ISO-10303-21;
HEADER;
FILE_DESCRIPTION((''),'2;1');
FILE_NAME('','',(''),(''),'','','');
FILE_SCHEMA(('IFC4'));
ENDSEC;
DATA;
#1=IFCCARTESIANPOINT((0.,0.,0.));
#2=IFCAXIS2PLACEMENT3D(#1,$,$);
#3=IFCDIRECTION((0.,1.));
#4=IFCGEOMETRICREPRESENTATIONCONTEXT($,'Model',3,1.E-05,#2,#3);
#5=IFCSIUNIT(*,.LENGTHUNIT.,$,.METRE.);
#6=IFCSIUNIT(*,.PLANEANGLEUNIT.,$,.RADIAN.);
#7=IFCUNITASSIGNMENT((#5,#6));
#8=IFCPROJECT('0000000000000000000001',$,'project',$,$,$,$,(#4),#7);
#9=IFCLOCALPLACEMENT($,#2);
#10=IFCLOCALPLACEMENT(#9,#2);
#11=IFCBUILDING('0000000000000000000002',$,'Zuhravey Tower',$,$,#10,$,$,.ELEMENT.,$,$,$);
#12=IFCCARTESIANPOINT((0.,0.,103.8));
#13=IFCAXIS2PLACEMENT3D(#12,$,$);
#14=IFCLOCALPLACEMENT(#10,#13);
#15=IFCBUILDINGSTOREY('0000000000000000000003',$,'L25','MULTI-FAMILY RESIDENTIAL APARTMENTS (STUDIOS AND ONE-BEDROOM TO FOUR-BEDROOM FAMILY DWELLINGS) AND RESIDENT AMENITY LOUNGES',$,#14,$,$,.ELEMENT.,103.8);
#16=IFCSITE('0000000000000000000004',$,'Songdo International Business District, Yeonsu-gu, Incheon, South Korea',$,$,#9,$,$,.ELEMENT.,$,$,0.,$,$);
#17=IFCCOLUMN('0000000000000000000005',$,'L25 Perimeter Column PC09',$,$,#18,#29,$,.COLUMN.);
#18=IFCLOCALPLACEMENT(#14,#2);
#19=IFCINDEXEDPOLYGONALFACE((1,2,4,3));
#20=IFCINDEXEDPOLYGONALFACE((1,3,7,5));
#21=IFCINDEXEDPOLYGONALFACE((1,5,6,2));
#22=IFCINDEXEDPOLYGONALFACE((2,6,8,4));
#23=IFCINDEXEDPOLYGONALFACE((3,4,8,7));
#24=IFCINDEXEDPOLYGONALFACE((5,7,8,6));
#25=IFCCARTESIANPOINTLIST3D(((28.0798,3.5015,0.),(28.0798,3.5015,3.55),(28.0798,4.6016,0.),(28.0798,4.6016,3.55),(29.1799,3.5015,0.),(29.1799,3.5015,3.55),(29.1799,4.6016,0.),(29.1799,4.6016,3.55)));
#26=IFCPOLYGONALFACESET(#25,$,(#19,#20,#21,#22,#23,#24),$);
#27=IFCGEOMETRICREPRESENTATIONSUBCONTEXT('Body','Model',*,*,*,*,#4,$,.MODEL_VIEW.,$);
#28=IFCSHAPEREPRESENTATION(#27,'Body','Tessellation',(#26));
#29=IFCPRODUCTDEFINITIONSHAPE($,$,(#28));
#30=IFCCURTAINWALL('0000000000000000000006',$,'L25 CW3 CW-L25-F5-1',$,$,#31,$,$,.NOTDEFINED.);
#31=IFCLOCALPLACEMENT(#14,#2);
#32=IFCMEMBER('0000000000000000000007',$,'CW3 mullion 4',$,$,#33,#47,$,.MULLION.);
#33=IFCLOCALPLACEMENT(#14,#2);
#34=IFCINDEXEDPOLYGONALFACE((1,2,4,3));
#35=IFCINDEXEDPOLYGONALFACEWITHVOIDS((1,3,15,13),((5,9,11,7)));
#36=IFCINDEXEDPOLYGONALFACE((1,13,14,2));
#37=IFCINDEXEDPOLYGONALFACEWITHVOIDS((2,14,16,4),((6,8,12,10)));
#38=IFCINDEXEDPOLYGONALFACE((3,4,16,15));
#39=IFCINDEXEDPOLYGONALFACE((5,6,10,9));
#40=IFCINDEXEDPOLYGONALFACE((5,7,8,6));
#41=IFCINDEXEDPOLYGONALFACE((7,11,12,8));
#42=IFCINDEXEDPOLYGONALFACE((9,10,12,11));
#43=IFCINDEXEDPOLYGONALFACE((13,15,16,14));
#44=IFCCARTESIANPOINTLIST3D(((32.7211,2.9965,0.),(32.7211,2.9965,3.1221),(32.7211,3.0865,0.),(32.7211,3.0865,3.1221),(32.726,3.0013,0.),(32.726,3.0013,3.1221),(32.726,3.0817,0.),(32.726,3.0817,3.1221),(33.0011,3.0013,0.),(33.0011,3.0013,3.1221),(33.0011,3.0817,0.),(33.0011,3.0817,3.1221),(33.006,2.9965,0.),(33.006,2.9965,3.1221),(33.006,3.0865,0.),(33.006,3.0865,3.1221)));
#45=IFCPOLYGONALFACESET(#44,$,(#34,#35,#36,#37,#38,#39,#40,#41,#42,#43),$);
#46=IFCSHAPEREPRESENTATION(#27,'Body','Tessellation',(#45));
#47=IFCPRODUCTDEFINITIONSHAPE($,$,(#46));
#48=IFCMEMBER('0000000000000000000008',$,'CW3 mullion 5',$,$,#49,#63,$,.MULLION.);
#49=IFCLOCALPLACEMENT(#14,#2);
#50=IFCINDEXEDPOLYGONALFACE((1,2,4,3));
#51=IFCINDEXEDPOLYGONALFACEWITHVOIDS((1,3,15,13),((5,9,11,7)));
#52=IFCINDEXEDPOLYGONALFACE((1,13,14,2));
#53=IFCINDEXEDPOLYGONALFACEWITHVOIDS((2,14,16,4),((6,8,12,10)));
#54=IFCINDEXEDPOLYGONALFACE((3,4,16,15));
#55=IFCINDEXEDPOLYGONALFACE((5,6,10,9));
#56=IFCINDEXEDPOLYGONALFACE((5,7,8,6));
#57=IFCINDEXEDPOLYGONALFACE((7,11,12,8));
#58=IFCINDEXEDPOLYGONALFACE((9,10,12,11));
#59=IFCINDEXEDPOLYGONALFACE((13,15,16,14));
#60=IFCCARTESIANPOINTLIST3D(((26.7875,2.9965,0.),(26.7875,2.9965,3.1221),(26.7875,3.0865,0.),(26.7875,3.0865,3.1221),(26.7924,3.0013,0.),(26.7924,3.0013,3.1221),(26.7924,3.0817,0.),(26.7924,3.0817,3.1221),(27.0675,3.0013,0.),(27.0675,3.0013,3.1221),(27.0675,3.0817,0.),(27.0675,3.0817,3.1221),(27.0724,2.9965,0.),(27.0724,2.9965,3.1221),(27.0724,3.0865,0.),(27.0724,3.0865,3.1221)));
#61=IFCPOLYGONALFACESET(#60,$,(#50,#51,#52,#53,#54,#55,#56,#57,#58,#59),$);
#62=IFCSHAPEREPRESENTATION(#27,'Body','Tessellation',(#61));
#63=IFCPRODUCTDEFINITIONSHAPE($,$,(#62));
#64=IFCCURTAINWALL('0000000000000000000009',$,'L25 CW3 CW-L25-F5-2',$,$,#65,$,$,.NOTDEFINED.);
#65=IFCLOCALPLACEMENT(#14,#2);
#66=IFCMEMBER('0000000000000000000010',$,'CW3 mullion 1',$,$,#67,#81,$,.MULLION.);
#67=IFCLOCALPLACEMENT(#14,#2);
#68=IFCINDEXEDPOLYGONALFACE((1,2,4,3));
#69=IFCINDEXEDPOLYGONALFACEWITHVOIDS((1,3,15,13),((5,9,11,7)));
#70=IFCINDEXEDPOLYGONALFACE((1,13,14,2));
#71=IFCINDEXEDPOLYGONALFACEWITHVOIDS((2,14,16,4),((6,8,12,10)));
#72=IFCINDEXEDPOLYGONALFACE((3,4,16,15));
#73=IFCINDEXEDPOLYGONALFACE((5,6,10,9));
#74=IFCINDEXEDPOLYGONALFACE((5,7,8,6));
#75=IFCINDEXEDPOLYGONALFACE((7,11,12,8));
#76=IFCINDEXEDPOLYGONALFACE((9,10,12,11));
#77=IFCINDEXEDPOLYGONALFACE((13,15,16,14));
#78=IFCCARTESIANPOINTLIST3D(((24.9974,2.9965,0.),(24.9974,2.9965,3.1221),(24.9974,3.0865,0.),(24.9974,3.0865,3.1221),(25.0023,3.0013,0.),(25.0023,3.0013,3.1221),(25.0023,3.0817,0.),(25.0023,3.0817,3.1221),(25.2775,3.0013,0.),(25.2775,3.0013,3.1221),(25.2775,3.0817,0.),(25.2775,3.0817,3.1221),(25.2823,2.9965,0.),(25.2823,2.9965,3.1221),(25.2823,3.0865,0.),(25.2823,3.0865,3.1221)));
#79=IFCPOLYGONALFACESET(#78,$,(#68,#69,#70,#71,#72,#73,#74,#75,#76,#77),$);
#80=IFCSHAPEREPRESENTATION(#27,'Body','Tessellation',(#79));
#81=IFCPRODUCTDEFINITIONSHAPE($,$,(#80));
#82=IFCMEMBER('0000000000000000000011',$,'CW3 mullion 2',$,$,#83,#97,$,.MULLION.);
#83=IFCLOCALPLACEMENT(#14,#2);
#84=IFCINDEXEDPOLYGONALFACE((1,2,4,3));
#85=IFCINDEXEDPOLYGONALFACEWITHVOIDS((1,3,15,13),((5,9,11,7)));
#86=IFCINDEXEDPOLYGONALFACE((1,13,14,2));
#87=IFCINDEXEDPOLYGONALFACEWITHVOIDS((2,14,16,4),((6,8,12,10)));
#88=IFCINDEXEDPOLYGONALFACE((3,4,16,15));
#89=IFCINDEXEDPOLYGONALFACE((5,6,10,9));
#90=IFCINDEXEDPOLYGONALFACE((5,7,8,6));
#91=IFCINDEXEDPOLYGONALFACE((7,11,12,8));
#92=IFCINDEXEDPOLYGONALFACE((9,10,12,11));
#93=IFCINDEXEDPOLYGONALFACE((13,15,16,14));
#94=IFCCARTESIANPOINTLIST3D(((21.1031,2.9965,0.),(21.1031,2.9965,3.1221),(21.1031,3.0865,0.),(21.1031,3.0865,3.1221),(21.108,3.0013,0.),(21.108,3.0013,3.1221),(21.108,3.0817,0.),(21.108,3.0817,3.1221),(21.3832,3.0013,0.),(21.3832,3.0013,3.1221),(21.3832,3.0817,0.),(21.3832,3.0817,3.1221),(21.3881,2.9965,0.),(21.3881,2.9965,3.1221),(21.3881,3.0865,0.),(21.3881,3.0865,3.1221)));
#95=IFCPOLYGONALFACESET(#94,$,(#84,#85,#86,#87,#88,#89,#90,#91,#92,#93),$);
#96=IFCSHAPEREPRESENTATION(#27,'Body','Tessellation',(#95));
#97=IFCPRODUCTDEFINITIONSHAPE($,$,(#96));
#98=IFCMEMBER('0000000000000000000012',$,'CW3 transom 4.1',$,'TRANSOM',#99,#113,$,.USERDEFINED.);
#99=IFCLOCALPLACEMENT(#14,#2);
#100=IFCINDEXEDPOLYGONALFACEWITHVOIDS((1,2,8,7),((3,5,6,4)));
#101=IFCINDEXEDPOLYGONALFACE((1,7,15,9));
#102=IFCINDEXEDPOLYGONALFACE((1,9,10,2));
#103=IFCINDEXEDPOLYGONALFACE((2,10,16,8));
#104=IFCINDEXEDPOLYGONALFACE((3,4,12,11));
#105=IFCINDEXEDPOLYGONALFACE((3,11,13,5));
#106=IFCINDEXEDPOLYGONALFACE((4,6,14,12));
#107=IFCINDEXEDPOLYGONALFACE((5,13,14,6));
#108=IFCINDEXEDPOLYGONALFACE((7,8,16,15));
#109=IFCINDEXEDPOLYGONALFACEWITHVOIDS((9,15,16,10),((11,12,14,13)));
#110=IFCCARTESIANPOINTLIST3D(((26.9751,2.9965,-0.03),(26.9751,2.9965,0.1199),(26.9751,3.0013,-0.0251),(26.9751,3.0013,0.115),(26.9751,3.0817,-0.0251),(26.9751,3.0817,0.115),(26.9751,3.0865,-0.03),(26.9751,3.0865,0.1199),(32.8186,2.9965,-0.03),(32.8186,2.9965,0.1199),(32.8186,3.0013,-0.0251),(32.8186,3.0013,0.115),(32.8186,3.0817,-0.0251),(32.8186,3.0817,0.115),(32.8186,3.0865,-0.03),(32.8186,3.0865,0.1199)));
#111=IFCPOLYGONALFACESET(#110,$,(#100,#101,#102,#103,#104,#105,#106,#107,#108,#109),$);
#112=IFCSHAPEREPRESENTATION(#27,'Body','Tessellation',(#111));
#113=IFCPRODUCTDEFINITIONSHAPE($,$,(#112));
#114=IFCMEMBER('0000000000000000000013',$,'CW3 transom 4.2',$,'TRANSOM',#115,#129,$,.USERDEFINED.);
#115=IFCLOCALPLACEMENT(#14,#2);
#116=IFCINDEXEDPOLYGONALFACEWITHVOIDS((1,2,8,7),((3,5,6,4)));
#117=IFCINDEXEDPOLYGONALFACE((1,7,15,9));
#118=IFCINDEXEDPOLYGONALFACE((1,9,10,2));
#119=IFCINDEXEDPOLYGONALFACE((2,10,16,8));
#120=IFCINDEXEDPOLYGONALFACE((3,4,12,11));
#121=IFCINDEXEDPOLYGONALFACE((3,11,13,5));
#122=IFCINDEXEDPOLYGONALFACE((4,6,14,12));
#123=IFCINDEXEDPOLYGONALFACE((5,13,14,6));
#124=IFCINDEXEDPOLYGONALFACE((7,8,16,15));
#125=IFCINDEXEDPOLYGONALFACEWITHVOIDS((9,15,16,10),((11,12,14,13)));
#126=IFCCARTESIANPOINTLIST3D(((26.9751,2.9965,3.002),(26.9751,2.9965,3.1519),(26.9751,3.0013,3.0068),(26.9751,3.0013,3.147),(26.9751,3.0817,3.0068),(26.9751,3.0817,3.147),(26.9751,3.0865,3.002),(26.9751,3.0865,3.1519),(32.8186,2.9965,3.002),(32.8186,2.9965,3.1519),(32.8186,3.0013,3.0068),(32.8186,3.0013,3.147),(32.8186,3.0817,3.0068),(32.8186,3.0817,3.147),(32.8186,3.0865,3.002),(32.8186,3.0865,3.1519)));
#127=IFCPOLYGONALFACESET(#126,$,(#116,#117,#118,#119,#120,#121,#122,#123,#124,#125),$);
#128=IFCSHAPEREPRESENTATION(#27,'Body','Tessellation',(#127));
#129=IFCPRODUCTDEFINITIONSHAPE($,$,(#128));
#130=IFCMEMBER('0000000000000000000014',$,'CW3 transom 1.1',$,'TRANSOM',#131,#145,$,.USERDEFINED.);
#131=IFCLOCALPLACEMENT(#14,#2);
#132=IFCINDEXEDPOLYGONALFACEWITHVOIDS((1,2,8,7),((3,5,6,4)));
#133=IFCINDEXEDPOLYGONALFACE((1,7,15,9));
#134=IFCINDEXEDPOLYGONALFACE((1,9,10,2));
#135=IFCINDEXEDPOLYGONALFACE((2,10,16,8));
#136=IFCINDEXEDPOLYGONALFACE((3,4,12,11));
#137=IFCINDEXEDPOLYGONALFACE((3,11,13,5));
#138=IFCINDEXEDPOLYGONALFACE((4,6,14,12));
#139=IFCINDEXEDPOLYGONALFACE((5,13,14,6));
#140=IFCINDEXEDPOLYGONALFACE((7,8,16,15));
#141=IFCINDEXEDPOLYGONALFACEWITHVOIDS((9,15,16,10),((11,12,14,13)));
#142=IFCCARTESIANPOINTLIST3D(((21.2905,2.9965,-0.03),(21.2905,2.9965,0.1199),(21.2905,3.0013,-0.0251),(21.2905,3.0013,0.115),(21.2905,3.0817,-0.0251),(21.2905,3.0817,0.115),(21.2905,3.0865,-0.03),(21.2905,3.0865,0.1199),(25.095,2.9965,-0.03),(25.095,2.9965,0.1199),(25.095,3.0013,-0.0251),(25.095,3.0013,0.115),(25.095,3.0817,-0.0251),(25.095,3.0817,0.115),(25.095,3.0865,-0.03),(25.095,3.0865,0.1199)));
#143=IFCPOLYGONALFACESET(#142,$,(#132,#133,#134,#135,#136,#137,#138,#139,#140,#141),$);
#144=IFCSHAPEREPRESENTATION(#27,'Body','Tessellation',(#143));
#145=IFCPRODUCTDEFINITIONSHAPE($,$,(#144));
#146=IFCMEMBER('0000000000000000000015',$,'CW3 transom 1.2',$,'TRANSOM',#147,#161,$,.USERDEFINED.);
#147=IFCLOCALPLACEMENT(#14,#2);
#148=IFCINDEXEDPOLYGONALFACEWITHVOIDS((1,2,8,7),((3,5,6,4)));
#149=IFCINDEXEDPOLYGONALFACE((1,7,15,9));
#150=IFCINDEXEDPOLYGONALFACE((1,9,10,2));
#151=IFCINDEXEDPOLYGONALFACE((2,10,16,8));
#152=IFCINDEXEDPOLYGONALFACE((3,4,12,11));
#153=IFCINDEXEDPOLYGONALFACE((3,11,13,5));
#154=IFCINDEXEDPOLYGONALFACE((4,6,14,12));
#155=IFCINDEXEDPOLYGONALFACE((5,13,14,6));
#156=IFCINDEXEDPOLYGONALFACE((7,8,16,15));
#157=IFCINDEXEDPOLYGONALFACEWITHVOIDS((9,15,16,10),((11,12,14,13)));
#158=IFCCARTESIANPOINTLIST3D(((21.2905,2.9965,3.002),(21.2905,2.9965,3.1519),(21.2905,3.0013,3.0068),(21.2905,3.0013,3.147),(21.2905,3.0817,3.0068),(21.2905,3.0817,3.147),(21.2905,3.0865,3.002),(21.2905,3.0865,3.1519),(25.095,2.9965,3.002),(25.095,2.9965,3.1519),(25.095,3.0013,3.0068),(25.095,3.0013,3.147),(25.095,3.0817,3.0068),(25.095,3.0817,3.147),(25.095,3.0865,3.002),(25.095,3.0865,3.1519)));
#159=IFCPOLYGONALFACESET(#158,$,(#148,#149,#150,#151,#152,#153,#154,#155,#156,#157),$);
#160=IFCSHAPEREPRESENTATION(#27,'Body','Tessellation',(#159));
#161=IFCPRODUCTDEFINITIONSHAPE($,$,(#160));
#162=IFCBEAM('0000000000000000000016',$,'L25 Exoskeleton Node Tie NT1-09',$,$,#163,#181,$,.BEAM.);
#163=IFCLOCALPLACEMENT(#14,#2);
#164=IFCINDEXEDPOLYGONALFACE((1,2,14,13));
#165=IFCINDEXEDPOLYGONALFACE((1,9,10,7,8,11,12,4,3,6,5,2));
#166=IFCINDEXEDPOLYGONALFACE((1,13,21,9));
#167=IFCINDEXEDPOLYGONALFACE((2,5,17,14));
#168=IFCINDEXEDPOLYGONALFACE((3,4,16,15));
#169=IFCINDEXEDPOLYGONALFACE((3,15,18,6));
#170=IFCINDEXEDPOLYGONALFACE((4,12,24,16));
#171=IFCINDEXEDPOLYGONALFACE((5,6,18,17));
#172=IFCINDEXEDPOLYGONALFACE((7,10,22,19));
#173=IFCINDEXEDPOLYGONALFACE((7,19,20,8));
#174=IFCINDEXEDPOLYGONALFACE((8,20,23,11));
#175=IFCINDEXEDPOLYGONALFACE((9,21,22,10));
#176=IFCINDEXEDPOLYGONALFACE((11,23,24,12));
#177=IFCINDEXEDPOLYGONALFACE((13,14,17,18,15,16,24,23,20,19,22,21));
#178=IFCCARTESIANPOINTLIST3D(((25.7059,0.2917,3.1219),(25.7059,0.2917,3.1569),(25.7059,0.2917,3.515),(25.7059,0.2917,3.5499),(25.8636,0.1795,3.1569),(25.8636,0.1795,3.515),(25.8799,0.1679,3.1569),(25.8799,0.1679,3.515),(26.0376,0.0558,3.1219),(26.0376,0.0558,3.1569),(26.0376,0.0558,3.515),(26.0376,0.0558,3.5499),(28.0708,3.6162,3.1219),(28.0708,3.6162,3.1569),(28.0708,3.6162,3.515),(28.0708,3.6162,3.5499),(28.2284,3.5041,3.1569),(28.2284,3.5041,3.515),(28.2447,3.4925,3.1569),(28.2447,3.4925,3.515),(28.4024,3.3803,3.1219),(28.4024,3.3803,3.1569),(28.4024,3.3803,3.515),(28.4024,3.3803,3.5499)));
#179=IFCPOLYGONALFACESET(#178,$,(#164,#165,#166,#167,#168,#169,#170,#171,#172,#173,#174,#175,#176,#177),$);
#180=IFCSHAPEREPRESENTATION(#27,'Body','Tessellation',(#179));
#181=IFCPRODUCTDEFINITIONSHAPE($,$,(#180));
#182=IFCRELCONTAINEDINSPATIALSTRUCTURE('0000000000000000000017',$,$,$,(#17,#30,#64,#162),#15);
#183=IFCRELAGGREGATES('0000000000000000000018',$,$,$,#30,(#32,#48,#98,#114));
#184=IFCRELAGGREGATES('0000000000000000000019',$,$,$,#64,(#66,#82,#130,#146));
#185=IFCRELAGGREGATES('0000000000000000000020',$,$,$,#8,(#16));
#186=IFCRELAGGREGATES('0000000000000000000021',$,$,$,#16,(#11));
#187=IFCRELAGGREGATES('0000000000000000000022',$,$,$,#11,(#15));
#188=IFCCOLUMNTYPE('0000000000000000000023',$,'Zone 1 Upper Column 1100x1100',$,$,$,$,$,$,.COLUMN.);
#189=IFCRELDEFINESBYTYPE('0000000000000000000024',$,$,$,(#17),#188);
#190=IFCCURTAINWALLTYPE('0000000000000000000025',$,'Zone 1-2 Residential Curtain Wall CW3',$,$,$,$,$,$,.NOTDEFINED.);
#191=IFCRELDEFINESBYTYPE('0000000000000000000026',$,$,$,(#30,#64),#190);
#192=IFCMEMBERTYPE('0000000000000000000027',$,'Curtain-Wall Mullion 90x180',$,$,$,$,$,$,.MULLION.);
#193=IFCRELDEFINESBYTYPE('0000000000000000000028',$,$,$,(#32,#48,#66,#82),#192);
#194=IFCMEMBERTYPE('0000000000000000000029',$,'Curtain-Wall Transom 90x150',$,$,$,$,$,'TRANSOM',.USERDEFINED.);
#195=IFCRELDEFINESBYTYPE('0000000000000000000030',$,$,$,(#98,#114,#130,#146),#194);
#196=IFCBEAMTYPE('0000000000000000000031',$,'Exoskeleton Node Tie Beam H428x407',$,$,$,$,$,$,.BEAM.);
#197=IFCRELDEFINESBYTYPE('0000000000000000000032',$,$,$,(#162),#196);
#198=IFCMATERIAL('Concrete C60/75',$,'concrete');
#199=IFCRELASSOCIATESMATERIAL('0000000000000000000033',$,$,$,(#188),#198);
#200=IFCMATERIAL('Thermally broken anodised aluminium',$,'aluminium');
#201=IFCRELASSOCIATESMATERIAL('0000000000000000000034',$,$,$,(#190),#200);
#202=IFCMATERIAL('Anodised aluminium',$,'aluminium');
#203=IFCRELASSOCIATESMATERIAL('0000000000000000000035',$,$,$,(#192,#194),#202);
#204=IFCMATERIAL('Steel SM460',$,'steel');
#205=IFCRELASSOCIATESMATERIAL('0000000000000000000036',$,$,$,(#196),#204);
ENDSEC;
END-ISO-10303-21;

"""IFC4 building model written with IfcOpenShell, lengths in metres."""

from ifc_helpers import new_model, si_unit, direction, frame, origin, origin_2d, place, context, subcontext, project, spatial, rectangle, hollow_rectangle, i_section, extrude, material, material_profile, profile_set, type_object, element, aggregate, save


model = new_model("IFC4")

# Units and contexts
model_context = context("Model", 3, precision=1e-05, world=origin(), true_north=direction((0.0, 1.0)))
body_context = subcontext(model_context, "Body", "Model", "MODEL_VIEW")
ifc_project = project(units=[si_unit("LENGTHUNIT", "METRE"), si_unit("PLANEANGLEUNIT", "RADIAN")], contexts=[model_context])

# Site, building, storey
site_placement = place(None, origin())
site = spatial("IfcSite", under=ifc_project, at=site_placement, Name="Songdo International Business District, Yeonsu-gu, Incheon, South Korea", CompositionType="ELEMENT", RefElevation=0.0)
building_placement = place(site_placement, origin())
building = spatial("IfcBuilding", under=site, at=building_placement, Name="Zuhravey Tower", CompositionType="ELEMENT")
storey_placement = place(building_placement, frame((0.0, 0.0, 103.8)))
storey = spatial("IfcBuildingStorey", under=building, at=storey_placement, Name="L25", Description="MULTI-FAMILY RESIDENTIAL APARTMENTS (STUDIOS AND ONE-BEDROOM TO FOUR-BEDROOM FAMILY DWELLINGS) AND RESIDENT AMENITY LOUNGES", CompositionType="ELEMENT", Elevation=103.8)

# Column
ifc_material_1 = material(Name="Concrete C60/75", Category="concrete")
ifc_material_profile_1 = material_profile(ifc_material_1, rectangle(XDim=1.1001, YDim=1.1001, at=origin_2d()), Name="RC-1100x1100")
ifc_profile_set_1 = profile_set([ifc_material_profile_1], Name="Concrete C60/75")
column_type = type_object("IfcColumnType", Name="Zone 1 Upper Column 1100x1100", PredefinedType="COLUMN", material=ifc_profile_set_1)
column_placement = place(storey_placement, frame((28.6299, 4.0515, 0.0), z_axis=(0.0, 0.0, 1.0), x_axis=(1.0, 0.0, 0.0)))
element("IfcColumn", 1, at=column_placement, inside=storey, type_object=column_type, Name="L25 Perimeter Column PC09", PredefinedType="COLUMN", context=body_context, shape_type="SweptSolid", body=[
    extrude(rectangle(XDim=1.1001, YDim=1.1001, at=origin_2d()), origin(), (0.0, 0.0, 1.0), 3.55),
])

# Curtain walls, members
ifc_material_2 = material(Name="Thermally broken anodised aluminium", Category="aluminium")
curtain_wall_type = type_object("IfcCurtainWallType", Name="Zone 1-2 Residential Curtain Wall CW3", PredefinedType="NOTDEFINED", material=ifc_material_2)
curtain_wall_1_placement = place(storey_placement, origin())
curtain_wall_1 = element("IfcCurtainWall", 2, at=curtain_wall_1_placement, inside=storey, type_object=curtain_wall_type, Name="L25 CW3 CW-L25-F5-1", PredefinedType="NOTDEFINED")
ifc_material_3 = material(Name="Anodised aluminium", Category="aluminium")
ifc_material_profile_2 = material_profile(ifc_material_3, hollow_rectangle(XDim=0.0901, YDim=0.2849, WallThickness=0.0049, at=origin_2d()), Name="ALU-RHS-90x285x5")
ifc_profile_set_2 = profile_set([ifc_material_profile_2], Name="Anodised aluminium")
member_type_1 = type_object("IfcMemberType", Name="Curtain-Wall Mullion 90x180", PredefinedType="MULLION", material=ifc_profile_set_2)
member_1_placement = place(storey_placement, frame((32.8635, 3.0415, 0.0), z_axis=(0.0, 0.0, 1.0), x_axis=(0.0, -1.0, 0.0)))
member_1 = element("IfcMember", 3, at=member_1_placement, type_object=member_type_1, Name="CW3 mullion 4", PredefinedType="MULLION", context=body_context, shape_type="SweptSolid", body=[
    extrude(hollow_rectangle(XDim=0.0901, YDim=0.2849, WallThickness=0.0049, at=origin_2d()), origin(), (0.0, 0.0, 1.0), 3.1221),
])
member_2_placement = place(storey_placement, frame((26.9299, 3.0415, 0.0), z_axis=(0.0, 0.0, 1.0), x_axis=(0.0, -1.0, 0.0)))
member_2 = element("IfcMember", 4, at=member_2_placement, type_object=member_type_1, Name="CW3 mullion 5", PredefinedType="MULLION", context=body_context, shape_type="SweptSolid", body=[
    extrude(hollow_rectangle(XDim=0.0901, YDim=0.2849, WallThickness=0.0049, at=origin_2d()), origin(), (0.0, 0.0, 1.0), 3.1221),
])
curtain_wall_2_placement = place(storey_placement, origin())
curtain_wall_2 = element("IfcCurtainWall", 5, at=curtain_wall_2_placement, inside=storey, type_object=curtain_wall_type, Name="L25 CW3 CW-L25-F5-2", PredefinedType="NOTDEFINED")
member_3_placement = place(storey_placement, frame((25.1399, 3.0415, 0.0), z_axis=(0.0, 0.0, 1.0), x_axis=(0.0, -1.0, 0.0)))
member_3 = element("IfcMember", 6, at=member_3_placement, type_object=member_type_1, Name="CW3 mullion 1", PredefinedType="MULLION", context=body_context, shape_type="SweptSolid", body=[
    extrude(hollow_rectangle(XDim=0.0901, YDim=0.2849, WallThickness=0.0049, at=origin_2d()), origin(), (0.0, 0.0, 1.0), 3.1221),
])
member_4_placement = place(storey_placement, frame((21.2456, 3.0415, 0.0), z_axis=(0.0, 0.0, 1.0), x_axis=(0.0, -1.0, 0.0)))
member_4 = element("IfcMember", 7, at=member_4_placement, type_object=member_type_1, Name="CW3 mullion 2", PredefinedType="MULLION", context=body_context, shape_type="SweptSolid", body=[
    extrude(hollow_rectangle(XDim=0.0901, YDim=0.2849, WallThickness=0.0049, at=origin_2d()), origin(), (0.0, 0.0, 1.0), 3.1221),
])

# Members
ifc_material_profile_3 = material_profile(ifc_material_3, hollow_rectangle(XDim=0.0901, YDim=0.1499, WallThickness=0.0049, at=origin_2d()), Name="ALU-RHS-90x150x5")
ifc_profile_set_3 = profile_set([ifc_material_profile_3], Name="Anodised aluminium")
member_type_2 = type_object("IfcMemberType", Name="Curtain-Wall Transom 90x150", ElementType="TRANSOM", PredefinedType="USERDEFINED", material=ifc_profile_set_3)
member_5_placement = place(storey_placement, frame((32.8186, 3.0415, 0.0449), z_axis=(-1.0, 0.0, 0.0), x_axis=(0.0, -1.0, 0.0)))
member_5 = element("IfcMember", 8, at=member_5_placement, type_object=member_type_2, Name="CW3 transom 4.1", ObjectType="TRANSOM", PredefinedType="USERDEFINED", context=body_context, shape_type="SweptSolid", body=[
    extrude(hollow_rectangle(XDim=0.0901, YDim=0.1499, WallThickness=0.0049, at=origin_2d()), origin(), (0.0, 0.0, 1.0), 5.8435),
])
member_6_placement = place(storey_placement, frame((32.8186, 3.0415, 3.0769), z_axis=(-1.0, 0.0, 0.0), x_axis=(0.0, -1.0, 0.0)))
member_6 = element("IfcMember", 9, at=member_6_placement, type_object=member_type_2, Name="CW3 transom 4.2", ObjectType="TRANSOM", PredefinedType="USERDEFINED", context=body_context, shape_type="SweptSolid", body=[
    extrude(hollow_rectangle(XDim=0.0901, YDim=0.1499, WallThickness=0.0049, at=origin_2d()), origin(), (0.0, 0.0, 1.0), 5.8435),
])
member_7_placement = place(storey_placement, frame((25.095, 3.0415, 0.0449), z_axis=(-1.0, 0.0, 0.0), x_axis=(0.0, -1.0, 0.0)))
member_7 = element("IfcMember", 10, at=member_7_placement, type_object=member_type_2, Name="CW3 transom 1.1", ObjectType="TRANSOM", PredefinedType="USERDEFINED", context=body_context, shape_type="SweptSolid", body=[
    extrude(hollow_rectangle(XDim=0.0901, YDim=0.1499, WallThickness=0.0049, at=origin_2d()), origin(), (0.0, 0.0, 1.0), 3.8044),
])
member_8_placement = place(storey_placement, frame((25.095, 3.0415, 3.0769), z_axis=(-1.0, 0.0, 0.0), x_axis=(0.0, -1.0, 0.0)))
member_8 = element("IfcMember", 11, at=member_8_placement, type_object=member_type_2, Name="CW3 transom 1.2", ObjectType="TRANSOM", PredefinedType="USERDEFINED", context=body_context, shape_type="SweptSolid", body=[
    extrude(hollow_rectangle(XDim=0.0901, YDim=0.1499, WallThickness=0.0049, at=origin_2d()), origin(), (0.0, 0.0, 1.0), 3.8044),
])

# Beam
ifc_material_4 = material(Name="Steel SM460", Category="steel")
ifc_material_profile_4 = material_profile(ifc_material_4, i_section(OverallWidth=0.407, OverallDepth=0.428, WebThickness=0.02, FlangeThickness=0.0349, at=origin_2d()), Name="H-428x407x20x35")
ifc_profile_set_4 = profile_set([ifc_material_profile_4], Name="Steel SM460")
beam_type_1 = type_object("IfcBeamType", Name="Exoskeleton Node Tie Beam H428x407", PredefinedType="BEAM", material=ifc_profile_set_4)
beam_1_placement = place(storey_placement, frame((28.2366, 3.4983, 3.3359), z_axis=(-0.579635, -0.814876, 0.0), x_axis=(0.814876, -0.579635, 0.0)))
element("IfcBeam", 12, at=beam_1_placement, inside=storey, type_object=beam_type_1, Name="L25 Exoskeleton Node Tie NT1-09", PredefinedType="BEAM", context=body_context, shape_type="SweptSolid", body=[
    extrude(i_section(OverallWidth=0.407, OverallDepth=0.428, WebThickness=0.02, FlangeThickness=0.0349, at=origin_2d()), origin(), (0.0, 0.0, 1.0), 4.0798),
])

aggregate(curtain_wall_1, [member_1, member_2, member_5, member_6])
aggregate(curtain_wall_2, [member_3, member_4, member_7, member_8])

save(model, "model.ifc")
